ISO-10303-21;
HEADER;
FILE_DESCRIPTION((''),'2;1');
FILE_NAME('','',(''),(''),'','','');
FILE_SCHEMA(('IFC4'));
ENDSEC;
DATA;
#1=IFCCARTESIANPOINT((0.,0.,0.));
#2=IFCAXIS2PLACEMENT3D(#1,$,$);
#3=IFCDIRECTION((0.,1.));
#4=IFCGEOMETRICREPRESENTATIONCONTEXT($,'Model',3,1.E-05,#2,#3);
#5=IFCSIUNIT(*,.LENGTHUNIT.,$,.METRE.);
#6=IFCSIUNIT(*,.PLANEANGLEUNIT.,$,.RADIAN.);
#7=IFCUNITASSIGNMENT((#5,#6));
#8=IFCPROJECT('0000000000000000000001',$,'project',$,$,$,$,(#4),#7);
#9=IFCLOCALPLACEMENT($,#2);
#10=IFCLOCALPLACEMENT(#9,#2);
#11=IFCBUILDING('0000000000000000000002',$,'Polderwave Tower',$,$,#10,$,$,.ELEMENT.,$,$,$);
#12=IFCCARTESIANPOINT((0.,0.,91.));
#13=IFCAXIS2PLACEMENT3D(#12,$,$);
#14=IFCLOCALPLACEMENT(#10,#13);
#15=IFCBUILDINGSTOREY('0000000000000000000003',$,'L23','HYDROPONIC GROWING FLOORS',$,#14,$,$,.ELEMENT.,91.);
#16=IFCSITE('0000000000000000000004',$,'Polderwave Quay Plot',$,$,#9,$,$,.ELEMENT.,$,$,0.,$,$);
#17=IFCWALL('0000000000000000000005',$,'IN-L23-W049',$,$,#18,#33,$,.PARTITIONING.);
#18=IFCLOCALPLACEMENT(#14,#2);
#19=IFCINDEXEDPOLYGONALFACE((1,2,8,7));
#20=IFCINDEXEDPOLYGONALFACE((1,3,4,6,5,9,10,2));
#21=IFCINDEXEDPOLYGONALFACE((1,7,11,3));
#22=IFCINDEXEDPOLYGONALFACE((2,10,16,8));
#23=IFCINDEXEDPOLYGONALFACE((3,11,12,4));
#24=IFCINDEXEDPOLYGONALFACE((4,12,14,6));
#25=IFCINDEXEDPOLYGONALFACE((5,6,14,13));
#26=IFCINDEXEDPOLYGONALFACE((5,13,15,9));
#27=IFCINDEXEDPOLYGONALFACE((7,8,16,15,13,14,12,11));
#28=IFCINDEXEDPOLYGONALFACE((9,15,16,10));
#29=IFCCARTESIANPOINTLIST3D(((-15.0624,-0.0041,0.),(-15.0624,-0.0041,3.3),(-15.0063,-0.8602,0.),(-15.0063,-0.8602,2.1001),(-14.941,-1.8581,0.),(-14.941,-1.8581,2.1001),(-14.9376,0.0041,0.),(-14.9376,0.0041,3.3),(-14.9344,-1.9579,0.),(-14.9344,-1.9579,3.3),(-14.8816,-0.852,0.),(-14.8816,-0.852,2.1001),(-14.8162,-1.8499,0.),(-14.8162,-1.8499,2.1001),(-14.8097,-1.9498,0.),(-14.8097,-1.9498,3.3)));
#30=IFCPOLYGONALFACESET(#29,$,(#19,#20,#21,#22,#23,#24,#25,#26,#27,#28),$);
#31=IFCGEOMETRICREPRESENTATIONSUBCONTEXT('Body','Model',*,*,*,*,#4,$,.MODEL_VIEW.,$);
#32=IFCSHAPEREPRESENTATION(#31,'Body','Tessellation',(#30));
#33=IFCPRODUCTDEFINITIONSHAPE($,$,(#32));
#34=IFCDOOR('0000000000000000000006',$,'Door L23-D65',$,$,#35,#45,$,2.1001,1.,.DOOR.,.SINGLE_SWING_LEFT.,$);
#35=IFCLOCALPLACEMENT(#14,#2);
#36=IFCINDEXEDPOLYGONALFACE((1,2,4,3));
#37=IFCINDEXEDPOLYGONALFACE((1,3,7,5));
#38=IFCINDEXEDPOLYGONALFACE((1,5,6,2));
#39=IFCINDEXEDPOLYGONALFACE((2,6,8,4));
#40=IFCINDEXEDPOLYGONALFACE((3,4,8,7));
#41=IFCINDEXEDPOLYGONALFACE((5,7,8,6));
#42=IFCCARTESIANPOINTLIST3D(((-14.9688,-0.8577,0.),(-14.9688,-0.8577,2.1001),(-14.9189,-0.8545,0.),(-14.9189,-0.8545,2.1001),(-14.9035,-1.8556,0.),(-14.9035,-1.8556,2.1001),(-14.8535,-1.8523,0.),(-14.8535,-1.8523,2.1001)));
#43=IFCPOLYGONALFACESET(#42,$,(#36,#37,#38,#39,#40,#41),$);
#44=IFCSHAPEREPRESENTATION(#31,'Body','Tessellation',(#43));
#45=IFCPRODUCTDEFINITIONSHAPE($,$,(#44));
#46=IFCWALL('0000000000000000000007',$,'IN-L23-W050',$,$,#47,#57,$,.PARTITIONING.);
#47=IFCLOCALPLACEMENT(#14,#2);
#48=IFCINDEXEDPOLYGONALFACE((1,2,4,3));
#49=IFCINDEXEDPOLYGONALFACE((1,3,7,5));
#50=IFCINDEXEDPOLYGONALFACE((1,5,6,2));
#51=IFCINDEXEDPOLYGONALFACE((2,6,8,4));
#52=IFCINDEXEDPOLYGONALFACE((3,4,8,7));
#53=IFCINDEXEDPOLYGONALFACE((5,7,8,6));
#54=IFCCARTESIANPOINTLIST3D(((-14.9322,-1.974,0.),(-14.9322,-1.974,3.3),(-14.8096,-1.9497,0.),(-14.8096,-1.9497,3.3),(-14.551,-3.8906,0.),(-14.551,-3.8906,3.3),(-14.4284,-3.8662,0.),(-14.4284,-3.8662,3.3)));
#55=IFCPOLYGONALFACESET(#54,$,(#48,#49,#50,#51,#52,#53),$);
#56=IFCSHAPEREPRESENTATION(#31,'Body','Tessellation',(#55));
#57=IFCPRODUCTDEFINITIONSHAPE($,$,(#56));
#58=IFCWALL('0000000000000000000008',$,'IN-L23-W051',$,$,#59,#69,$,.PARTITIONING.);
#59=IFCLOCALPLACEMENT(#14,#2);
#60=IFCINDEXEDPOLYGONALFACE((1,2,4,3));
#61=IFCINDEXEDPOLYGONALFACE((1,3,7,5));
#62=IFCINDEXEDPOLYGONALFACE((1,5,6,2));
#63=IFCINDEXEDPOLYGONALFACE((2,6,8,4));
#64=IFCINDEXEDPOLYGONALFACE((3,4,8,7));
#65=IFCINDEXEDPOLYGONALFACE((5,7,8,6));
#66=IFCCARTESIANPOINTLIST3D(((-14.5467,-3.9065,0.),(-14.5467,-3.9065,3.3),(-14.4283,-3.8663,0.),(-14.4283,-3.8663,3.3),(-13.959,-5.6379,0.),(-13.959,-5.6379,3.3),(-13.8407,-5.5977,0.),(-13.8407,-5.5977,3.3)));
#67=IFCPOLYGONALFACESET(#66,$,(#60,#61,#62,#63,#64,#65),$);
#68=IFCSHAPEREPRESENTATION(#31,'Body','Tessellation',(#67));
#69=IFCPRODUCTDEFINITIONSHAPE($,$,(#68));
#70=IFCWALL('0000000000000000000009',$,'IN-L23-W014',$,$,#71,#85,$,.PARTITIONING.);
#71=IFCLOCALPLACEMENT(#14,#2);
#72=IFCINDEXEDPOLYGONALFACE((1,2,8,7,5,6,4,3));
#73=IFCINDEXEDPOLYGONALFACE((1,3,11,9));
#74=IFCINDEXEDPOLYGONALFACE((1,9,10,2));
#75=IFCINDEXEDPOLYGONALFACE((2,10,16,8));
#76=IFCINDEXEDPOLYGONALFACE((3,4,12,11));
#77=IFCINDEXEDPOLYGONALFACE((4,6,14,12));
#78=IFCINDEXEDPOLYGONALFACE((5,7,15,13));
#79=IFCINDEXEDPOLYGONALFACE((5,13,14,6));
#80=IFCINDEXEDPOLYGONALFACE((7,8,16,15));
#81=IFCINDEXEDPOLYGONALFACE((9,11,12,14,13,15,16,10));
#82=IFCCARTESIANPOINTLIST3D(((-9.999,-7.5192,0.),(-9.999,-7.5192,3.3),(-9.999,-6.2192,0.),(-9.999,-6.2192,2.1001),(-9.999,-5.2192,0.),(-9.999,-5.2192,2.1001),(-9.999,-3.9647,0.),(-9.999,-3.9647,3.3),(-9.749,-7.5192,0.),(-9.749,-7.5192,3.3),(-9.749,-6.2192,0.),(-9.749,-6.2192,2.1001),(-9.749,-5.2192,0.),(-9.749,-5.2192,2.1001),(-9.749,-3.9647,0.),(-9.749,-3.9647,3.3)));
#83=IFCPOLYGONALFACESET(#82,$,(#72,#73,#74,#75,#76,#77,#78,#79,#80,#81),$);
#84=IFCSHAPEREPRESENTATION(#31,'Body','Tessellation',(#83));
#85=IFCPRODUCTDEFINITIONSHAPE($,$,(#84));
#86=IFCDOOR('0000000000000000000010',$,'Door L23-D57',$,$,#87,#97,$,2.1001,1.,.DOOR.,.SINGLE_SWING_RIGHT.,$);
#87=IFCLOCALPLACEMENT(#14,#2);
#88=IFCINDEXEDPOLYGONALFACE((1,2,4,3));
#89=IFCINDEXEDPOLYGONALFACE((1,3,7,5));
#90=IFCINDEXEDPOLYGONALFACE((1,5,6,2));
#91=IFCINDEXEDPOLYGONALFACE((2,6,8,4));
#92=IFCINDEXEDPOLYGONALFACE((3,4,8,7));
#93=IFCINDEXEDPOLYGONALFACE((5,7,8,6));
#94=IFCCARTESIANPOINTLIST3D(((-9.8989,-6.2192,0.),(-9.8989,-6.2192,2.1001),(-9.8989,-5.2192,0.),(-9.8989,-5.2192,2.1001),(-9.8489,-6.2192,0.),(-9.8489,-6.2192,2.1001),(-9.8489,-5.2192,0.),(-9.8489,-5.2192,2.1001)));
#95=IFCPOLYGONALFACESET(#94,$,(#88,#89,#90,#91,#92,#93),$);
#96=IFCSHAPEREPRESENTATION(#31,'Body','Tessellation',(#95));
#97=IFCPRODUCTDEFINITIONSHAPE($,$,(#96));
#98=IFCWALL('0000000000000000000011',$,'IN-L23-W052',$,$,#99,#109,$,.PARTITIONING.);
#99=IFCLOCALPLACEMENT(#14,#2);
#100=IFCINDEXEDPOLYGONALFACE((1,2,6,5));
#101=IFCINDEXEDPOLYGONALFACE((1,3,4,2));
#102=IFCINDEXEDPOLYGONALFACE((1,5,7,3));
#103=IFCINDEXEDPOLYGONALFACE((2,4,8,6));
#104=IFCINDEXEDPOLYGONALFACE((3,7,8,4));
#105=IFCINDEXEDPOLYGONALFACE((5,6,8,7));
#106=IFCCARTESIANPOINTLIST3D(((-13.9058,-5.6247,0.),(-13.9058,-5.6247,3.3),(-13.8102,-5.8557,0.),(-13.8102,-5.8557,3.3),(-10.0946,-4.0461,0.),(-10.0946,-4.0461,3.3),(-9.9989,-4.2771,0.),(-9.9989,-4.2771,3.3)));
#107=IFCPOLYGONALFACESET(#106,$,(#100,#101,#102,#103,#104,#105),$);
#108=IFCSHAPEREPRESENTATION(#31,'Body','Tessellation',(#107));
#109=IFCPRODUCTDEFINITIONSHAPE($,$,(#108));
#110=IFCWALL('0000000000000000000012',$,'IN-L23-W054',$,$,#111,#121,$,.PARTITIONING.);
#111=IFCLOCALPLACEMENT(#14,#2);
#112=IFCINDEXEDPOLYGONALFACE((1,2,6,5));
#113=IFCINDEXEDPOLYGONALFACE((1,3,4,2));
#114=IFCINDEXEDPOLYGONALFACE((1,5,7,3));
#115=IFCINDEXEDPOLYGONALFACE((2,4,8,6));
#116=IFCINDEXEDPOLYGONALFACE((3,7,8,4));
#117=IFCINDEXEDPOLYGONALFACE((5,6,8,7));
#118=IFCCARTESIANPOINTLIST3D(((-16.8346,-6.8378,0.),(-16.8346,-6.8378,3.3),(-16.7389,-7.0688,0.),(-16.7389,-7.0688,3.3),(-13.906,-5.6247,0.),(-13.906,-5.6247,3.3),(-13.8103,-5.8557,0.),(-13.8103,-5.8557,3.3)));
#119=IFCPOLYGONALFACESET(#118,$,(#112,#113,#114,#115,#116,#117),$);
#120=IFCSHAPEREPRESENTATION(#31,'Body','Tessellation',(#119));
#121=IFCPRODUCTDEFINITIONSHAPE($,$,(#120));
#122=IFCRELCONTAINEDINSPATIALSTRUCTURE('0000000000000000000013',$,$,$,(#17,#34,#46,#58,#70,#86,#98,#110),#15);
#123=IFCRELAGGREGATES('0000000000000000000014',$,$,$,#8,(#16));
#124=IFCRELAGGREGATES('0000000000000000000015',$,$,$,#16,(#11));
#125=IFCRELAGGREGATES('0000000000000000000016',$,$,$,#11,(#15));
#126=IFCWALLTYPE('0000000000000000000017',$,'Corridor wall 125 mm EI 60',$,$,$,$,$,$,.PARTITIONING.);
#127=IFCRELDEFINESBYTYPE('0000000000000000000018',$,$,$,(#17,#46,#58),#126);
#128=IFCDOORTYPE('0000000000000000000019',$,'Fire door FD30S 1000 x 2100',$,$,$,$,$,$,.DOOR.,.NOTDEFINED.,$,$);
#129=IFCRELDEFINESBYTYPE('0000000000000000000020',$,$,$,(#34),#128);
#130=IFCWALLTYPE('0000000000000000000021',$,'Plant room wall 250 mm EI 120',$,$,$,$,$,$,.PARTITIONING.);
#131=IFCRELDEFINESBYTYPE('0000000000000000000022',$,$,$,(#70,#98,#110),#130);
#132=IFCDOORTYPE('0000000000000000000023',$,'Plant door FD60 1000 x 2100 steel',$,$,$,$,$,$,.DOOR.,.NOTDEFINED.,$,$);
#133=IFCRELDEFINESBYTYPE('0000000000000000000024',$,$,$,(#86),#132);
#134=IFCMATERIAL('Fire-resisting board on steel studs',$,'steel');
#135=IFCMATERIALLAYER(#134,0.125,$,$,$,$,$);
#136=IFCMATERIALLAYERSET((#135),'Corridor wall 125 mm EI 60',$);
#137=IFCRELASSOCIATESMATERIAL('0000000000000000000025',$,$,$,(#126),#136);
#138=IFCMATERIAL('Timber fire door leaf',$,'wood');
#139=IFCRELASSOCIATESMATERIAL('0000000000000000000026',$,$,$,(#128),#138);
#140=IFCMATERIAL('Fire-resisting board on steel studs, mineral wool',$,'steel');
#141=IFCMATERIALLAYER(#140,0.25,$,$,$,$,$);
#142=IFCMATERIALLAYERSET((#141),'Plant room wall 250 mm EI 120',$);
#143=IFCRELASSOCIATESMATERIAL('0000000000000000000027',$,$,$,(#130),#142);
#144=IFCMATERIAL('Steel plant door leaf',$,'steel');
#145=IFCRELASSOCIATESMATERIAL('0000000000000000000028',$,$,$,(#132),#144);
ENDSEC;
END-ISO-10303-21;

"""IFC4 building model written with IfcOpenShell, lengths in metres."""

from ifc_helpers import new_model, si_unit, direction, frame, frame_2d, origin, place, context, subcontext, project, spatial, rectangle, extrude, material, layer, layer_set, type_object, element, fill, save


model = new_model("IFC4")

# Units and contexts
model_context = context("Model", 3, precision=1e-05, world=origin(), true_north=direction((0.0, 1.0)))
body_context = subcontext(model_context, "Body", "Model", "MODEL_VIEW")
ifc_project = project(units=[si_unit("LENGTHUNIT", "METRE"), si_unit("PLANEANGLEUNIT", "RADIAN")], contexts=[model_context])

# Site, building, storey
site_placement = place(None, origin())
site = spatial("IfcSite", under=ifc_project, at=site_placement, Name="Polderwave Quay Plot", CompositionType="ELEMENT", RefElevation=0.0)
building_placement = place(site_placement, origin())
building = spatial("IfcBuilding", under=site, at=building_placement, Name="Polderwave Tower", CompositionType="ELEMENT")
storey_placement = place(building_placement, frame((0.0, 0.0, 91.0)))
storey = spatial("IfcBuildingStorey", under=building, at=storey_placement, Name="L23", Description="HYDROPONIC GROWING FLOORS", CompositionType="ELEMENT", Elevation=91.0)

# Wall, opening, door
ifc_material_1 = material(Name="Fire-resisting board on steel studs", Category="steel")
ifc_layer_1 = layer(ifc_material_1, 0.125)
ifc_layer_set_1 = layer_set([ifc_layer_1], Name="Corridor wall 125 mm EI 60")
wall_type_1 = type_object("IfcWallType", Name="Corridor wall 125 mm EI 60", PredefinedType="PARTITIONING", material=ifc_layer_set_1)
wall_1_placement = place(storey_placement, frame((-14.8721, -1.9539, 0.0), z_axis=(0.0, 0.0, 1.0), x_axis=(-0.065336, 0.997863, 0.0)))
wall_1 = element("IfcWall", 1, at=wall_1_placement, inside=storey, type_object=wall_type_1, Name="IN-L23-W049", PredefinedType="PARTITIONING", context=body_context, shape_type="SweptSolid", body=[
    extrude(rectangle(XDim=1.958, YDim=0.125, at=frame_2d((0.979, 0.0))), origin(), (0.0, 0.0, 1.0), 3.3),
])
opening_1_placement = place(wall_1_placement, frame((0.1001, 0.0, 0.0)))
opening_1 = element("IfcOpeningElement", 2, at=opening_1_placement, cuts=wall_1, PredefinedType="OPENING", context=body_context, shape_type="SweptSolid", body=[
    extrude(rectangle(XDim=1.0, YDim=2.1001, at=frame_2d((0.5, 1.05))), frame((0.0, 0.0725, 0.0), z_axis=(0.0, -1.0, 0.0), x_axis=(1.0, 0.0, 0.0)), (0.0, 0.0, 1.0), 0.145),
])
ifc_material_2 = material(Name="Timber fire door leaf", Category="wood")
door_type_1 = type_object("IfcDoorType", Name="Fire door FD30S 1000 x 2100", OperationType="NOTDEFINED", PredefinedType="DOOR", material=ifc_material_2)
door_1_placement = place(opening_1_placement, origin())
door_1 = element("IfcDoor", 3, at=door_1_placement, inside=storey, type_object=door_type_1, Name="Door L23-D65", OperationType="SINGLE_SWING_LEFT", OverallHeight=2.1001, OverallWidth=1.0, PredefinedType="DOOR", context=body_context, shape_type="SweptSolid", body=[
    extrude(rectangle(XDim=1.0, YDim=2.1001, at=frame_2d((0.5, 1.05))), frame((0.0, 0.0249, 0.0), z_axis=(0.0, -1.0, 0.0), x_axis=(1.0, 0.0, 0.0)), (0.0, 0.0, 1.0), 0.05),
])
fill(opening_1, door_1)

# Walls
wall_2_placement = place(storey_placement, frame((-14.4897, -3.8784, 0.0), z_axis=(0.0, 0.0, 1.0), x_axis=(-0.195035, 0.980796, 0.0)))
element("IfcWall", 4, at=wall_2_placement, inside=storey, type_object=wall_type_1, Name="IN-L23-W050", PredefinedType="PARTITIONING", context=body_context, shape_type="SweptSolid", body=[
    extrude(rectangle(XDim=1.9541, YDim=0.125, at=frame_2d((0.9771, 0.0))), origin(), (0.0, 0.0, 1.0), 3.3),
])
wall_3_placement = place(storey_placement, frame((-13.8999, -5.6177, 0.0), z_axis=(0.0, 0.0, 1.0), x_axis=(-0.32139, 0.946947, 0.0)))
element("IfcWall", 5, at=wall_3_placement, inside=storey, type_object=wall_type_1, Name="IN-L23-W051", PredefinedType="PARTITIONING", context=body_context, shape_type="SweptSolid", body=[
    extrude(rectangle(XDim=1.8284, YDim=0.125, at=frame_2d((0.9141, 0.0))), origin(), (0.0, 0.0, 1.0), 3.3),
])

# Wall, opening, door
ifc_material_3 = material(Name="Fire-resisting board on steel studs, mineral wool", Category="steel")
ifc_layer_2 = layer(ifc_material_3, 0.25)
ifc_layer_set_2 = layer_set([ifc_layer_2], Name="Plant room wall 250 mm EI 120")
wall_type_2 = type_object("IfcWallType", Name="Plant room wall 250 mm EI 120", PredefinedType="PARTITIONING", material=ifc_layer_set_2)
wall_4_placement = place(storey_placement, frame((-9.874, -7.5193, 0.0), z_axis=(0.0, 0.0, 1.0), x_axis=(0.0, 1.0, 0.0)))
wall_4 = element("IfcWall", 6, at=wall_4_placement, inside=storey, type_object=wall_type_2, Name="IN-L23-W014", PredefinedType="PARTITIONING", context=body_context, shape_type="SweptSolid", body=[
    extrude(rectangle(XDim=3.5544, YDim=0.25, at=frame_2d((1.7773, 0.0))), origin(), (0.0, 0.0, 1.0), 3.3),
])
opening_2_placement = place(wall_4_placement, frame((1.3, 0.0, 0.0)))
opening_2 = element("IfcOpeningElement", 7, at=opening_2_placement, cuts=wall_4, PredefinedType="OPENING", context=body_context, shape_type="SweptSolid", body=[
    extrude(rectangle(XDim=1.0, YDim=2.1001, at=frame_2d((0.5, 1.05))), frame((0.0, 0.135, 0.0), z_axis=(0.0, -1.0, 0.0), x_axis=(1.0, 0.0, 0.0)), (0.0, 0.0, 1.0), 0.27),
])
ifc_material_4 = material(Name="Steel plant door leaf", Category="steel")
door_type_2 = type_object("IfcDoorType", Name="Plant door FD60 1000 x 2100 steel", OperationType="NOTDEFINED", PredefinedType="DOOR", material=ifc_material_4)
door_2_placement = place(opening_2_placement, origin())
door_2 = element("IfcDoor", 8, at=door_2_placement, inside=storey, type_object=door_type_2, Name="Door L23-D57", OperationType="SINGLE_SWING_RIGHT", OverallHeight=2.1001, OverallWidth=1.0, PredefinedType="DOOR", context=body_context, shape_type="SweptSolid", body=[
    extrude(rectangle(XDim=1.0, YDim=2.1001, at=frame_2d((0.5, 1.05))), frame((0.0, 0.0249, 0.0), z_axis=(0.0, -1.0, 0.0), x_axis=(1.0, 0.0, 0.0)), (0.0, 0.0, 1.0), 0.05),
])
fill(opening_2, door_2)

# Walls
wall_5_placement = place(storey_placement, frame((-10.0469, -4.1616, 0.0), z_axis=(0.0, 0.0, 1.0), x_axis=(-0.923886, -0.382669, 0.0)))
element("IfcWall", 9, at=wall_5_placement, inside=storey, type_object=wall_type_2, Name="IN-L23-W052", PredefinedType="PARTITIONING", context=body_context, shape_type="SweptSolid", body=[
    extrude(rectangle(XDim=4.1252, YDim=0.25, at=frame_2d((2.0625, 0.0))), origin(), (0.0, 0.0, 1.0), 3.3),
])
wall_6_placement = place(storey_placement, frame((-13.8582, -5.7402, 0.0), z_axis=(0.0, 0.0, 1.0), x_axis=(-0.923877, -0.38269, 0.0)))
element("IfcWall", 10, at=wall_6_placement, inside=storey, type_object=wall_type_2, Name="IN-L23-W054", PredefinedType="PARTITIONING", context=body_context, shape_type="SweptSolid", body=[
    extrude(rectangle(XDim=3.1699, YDim=0.25, at=frame_2d((1.585, 0.0))), origin(), (0.0, 0.0, 1.0), 3.3),
])

save(model, "model.ifc")
